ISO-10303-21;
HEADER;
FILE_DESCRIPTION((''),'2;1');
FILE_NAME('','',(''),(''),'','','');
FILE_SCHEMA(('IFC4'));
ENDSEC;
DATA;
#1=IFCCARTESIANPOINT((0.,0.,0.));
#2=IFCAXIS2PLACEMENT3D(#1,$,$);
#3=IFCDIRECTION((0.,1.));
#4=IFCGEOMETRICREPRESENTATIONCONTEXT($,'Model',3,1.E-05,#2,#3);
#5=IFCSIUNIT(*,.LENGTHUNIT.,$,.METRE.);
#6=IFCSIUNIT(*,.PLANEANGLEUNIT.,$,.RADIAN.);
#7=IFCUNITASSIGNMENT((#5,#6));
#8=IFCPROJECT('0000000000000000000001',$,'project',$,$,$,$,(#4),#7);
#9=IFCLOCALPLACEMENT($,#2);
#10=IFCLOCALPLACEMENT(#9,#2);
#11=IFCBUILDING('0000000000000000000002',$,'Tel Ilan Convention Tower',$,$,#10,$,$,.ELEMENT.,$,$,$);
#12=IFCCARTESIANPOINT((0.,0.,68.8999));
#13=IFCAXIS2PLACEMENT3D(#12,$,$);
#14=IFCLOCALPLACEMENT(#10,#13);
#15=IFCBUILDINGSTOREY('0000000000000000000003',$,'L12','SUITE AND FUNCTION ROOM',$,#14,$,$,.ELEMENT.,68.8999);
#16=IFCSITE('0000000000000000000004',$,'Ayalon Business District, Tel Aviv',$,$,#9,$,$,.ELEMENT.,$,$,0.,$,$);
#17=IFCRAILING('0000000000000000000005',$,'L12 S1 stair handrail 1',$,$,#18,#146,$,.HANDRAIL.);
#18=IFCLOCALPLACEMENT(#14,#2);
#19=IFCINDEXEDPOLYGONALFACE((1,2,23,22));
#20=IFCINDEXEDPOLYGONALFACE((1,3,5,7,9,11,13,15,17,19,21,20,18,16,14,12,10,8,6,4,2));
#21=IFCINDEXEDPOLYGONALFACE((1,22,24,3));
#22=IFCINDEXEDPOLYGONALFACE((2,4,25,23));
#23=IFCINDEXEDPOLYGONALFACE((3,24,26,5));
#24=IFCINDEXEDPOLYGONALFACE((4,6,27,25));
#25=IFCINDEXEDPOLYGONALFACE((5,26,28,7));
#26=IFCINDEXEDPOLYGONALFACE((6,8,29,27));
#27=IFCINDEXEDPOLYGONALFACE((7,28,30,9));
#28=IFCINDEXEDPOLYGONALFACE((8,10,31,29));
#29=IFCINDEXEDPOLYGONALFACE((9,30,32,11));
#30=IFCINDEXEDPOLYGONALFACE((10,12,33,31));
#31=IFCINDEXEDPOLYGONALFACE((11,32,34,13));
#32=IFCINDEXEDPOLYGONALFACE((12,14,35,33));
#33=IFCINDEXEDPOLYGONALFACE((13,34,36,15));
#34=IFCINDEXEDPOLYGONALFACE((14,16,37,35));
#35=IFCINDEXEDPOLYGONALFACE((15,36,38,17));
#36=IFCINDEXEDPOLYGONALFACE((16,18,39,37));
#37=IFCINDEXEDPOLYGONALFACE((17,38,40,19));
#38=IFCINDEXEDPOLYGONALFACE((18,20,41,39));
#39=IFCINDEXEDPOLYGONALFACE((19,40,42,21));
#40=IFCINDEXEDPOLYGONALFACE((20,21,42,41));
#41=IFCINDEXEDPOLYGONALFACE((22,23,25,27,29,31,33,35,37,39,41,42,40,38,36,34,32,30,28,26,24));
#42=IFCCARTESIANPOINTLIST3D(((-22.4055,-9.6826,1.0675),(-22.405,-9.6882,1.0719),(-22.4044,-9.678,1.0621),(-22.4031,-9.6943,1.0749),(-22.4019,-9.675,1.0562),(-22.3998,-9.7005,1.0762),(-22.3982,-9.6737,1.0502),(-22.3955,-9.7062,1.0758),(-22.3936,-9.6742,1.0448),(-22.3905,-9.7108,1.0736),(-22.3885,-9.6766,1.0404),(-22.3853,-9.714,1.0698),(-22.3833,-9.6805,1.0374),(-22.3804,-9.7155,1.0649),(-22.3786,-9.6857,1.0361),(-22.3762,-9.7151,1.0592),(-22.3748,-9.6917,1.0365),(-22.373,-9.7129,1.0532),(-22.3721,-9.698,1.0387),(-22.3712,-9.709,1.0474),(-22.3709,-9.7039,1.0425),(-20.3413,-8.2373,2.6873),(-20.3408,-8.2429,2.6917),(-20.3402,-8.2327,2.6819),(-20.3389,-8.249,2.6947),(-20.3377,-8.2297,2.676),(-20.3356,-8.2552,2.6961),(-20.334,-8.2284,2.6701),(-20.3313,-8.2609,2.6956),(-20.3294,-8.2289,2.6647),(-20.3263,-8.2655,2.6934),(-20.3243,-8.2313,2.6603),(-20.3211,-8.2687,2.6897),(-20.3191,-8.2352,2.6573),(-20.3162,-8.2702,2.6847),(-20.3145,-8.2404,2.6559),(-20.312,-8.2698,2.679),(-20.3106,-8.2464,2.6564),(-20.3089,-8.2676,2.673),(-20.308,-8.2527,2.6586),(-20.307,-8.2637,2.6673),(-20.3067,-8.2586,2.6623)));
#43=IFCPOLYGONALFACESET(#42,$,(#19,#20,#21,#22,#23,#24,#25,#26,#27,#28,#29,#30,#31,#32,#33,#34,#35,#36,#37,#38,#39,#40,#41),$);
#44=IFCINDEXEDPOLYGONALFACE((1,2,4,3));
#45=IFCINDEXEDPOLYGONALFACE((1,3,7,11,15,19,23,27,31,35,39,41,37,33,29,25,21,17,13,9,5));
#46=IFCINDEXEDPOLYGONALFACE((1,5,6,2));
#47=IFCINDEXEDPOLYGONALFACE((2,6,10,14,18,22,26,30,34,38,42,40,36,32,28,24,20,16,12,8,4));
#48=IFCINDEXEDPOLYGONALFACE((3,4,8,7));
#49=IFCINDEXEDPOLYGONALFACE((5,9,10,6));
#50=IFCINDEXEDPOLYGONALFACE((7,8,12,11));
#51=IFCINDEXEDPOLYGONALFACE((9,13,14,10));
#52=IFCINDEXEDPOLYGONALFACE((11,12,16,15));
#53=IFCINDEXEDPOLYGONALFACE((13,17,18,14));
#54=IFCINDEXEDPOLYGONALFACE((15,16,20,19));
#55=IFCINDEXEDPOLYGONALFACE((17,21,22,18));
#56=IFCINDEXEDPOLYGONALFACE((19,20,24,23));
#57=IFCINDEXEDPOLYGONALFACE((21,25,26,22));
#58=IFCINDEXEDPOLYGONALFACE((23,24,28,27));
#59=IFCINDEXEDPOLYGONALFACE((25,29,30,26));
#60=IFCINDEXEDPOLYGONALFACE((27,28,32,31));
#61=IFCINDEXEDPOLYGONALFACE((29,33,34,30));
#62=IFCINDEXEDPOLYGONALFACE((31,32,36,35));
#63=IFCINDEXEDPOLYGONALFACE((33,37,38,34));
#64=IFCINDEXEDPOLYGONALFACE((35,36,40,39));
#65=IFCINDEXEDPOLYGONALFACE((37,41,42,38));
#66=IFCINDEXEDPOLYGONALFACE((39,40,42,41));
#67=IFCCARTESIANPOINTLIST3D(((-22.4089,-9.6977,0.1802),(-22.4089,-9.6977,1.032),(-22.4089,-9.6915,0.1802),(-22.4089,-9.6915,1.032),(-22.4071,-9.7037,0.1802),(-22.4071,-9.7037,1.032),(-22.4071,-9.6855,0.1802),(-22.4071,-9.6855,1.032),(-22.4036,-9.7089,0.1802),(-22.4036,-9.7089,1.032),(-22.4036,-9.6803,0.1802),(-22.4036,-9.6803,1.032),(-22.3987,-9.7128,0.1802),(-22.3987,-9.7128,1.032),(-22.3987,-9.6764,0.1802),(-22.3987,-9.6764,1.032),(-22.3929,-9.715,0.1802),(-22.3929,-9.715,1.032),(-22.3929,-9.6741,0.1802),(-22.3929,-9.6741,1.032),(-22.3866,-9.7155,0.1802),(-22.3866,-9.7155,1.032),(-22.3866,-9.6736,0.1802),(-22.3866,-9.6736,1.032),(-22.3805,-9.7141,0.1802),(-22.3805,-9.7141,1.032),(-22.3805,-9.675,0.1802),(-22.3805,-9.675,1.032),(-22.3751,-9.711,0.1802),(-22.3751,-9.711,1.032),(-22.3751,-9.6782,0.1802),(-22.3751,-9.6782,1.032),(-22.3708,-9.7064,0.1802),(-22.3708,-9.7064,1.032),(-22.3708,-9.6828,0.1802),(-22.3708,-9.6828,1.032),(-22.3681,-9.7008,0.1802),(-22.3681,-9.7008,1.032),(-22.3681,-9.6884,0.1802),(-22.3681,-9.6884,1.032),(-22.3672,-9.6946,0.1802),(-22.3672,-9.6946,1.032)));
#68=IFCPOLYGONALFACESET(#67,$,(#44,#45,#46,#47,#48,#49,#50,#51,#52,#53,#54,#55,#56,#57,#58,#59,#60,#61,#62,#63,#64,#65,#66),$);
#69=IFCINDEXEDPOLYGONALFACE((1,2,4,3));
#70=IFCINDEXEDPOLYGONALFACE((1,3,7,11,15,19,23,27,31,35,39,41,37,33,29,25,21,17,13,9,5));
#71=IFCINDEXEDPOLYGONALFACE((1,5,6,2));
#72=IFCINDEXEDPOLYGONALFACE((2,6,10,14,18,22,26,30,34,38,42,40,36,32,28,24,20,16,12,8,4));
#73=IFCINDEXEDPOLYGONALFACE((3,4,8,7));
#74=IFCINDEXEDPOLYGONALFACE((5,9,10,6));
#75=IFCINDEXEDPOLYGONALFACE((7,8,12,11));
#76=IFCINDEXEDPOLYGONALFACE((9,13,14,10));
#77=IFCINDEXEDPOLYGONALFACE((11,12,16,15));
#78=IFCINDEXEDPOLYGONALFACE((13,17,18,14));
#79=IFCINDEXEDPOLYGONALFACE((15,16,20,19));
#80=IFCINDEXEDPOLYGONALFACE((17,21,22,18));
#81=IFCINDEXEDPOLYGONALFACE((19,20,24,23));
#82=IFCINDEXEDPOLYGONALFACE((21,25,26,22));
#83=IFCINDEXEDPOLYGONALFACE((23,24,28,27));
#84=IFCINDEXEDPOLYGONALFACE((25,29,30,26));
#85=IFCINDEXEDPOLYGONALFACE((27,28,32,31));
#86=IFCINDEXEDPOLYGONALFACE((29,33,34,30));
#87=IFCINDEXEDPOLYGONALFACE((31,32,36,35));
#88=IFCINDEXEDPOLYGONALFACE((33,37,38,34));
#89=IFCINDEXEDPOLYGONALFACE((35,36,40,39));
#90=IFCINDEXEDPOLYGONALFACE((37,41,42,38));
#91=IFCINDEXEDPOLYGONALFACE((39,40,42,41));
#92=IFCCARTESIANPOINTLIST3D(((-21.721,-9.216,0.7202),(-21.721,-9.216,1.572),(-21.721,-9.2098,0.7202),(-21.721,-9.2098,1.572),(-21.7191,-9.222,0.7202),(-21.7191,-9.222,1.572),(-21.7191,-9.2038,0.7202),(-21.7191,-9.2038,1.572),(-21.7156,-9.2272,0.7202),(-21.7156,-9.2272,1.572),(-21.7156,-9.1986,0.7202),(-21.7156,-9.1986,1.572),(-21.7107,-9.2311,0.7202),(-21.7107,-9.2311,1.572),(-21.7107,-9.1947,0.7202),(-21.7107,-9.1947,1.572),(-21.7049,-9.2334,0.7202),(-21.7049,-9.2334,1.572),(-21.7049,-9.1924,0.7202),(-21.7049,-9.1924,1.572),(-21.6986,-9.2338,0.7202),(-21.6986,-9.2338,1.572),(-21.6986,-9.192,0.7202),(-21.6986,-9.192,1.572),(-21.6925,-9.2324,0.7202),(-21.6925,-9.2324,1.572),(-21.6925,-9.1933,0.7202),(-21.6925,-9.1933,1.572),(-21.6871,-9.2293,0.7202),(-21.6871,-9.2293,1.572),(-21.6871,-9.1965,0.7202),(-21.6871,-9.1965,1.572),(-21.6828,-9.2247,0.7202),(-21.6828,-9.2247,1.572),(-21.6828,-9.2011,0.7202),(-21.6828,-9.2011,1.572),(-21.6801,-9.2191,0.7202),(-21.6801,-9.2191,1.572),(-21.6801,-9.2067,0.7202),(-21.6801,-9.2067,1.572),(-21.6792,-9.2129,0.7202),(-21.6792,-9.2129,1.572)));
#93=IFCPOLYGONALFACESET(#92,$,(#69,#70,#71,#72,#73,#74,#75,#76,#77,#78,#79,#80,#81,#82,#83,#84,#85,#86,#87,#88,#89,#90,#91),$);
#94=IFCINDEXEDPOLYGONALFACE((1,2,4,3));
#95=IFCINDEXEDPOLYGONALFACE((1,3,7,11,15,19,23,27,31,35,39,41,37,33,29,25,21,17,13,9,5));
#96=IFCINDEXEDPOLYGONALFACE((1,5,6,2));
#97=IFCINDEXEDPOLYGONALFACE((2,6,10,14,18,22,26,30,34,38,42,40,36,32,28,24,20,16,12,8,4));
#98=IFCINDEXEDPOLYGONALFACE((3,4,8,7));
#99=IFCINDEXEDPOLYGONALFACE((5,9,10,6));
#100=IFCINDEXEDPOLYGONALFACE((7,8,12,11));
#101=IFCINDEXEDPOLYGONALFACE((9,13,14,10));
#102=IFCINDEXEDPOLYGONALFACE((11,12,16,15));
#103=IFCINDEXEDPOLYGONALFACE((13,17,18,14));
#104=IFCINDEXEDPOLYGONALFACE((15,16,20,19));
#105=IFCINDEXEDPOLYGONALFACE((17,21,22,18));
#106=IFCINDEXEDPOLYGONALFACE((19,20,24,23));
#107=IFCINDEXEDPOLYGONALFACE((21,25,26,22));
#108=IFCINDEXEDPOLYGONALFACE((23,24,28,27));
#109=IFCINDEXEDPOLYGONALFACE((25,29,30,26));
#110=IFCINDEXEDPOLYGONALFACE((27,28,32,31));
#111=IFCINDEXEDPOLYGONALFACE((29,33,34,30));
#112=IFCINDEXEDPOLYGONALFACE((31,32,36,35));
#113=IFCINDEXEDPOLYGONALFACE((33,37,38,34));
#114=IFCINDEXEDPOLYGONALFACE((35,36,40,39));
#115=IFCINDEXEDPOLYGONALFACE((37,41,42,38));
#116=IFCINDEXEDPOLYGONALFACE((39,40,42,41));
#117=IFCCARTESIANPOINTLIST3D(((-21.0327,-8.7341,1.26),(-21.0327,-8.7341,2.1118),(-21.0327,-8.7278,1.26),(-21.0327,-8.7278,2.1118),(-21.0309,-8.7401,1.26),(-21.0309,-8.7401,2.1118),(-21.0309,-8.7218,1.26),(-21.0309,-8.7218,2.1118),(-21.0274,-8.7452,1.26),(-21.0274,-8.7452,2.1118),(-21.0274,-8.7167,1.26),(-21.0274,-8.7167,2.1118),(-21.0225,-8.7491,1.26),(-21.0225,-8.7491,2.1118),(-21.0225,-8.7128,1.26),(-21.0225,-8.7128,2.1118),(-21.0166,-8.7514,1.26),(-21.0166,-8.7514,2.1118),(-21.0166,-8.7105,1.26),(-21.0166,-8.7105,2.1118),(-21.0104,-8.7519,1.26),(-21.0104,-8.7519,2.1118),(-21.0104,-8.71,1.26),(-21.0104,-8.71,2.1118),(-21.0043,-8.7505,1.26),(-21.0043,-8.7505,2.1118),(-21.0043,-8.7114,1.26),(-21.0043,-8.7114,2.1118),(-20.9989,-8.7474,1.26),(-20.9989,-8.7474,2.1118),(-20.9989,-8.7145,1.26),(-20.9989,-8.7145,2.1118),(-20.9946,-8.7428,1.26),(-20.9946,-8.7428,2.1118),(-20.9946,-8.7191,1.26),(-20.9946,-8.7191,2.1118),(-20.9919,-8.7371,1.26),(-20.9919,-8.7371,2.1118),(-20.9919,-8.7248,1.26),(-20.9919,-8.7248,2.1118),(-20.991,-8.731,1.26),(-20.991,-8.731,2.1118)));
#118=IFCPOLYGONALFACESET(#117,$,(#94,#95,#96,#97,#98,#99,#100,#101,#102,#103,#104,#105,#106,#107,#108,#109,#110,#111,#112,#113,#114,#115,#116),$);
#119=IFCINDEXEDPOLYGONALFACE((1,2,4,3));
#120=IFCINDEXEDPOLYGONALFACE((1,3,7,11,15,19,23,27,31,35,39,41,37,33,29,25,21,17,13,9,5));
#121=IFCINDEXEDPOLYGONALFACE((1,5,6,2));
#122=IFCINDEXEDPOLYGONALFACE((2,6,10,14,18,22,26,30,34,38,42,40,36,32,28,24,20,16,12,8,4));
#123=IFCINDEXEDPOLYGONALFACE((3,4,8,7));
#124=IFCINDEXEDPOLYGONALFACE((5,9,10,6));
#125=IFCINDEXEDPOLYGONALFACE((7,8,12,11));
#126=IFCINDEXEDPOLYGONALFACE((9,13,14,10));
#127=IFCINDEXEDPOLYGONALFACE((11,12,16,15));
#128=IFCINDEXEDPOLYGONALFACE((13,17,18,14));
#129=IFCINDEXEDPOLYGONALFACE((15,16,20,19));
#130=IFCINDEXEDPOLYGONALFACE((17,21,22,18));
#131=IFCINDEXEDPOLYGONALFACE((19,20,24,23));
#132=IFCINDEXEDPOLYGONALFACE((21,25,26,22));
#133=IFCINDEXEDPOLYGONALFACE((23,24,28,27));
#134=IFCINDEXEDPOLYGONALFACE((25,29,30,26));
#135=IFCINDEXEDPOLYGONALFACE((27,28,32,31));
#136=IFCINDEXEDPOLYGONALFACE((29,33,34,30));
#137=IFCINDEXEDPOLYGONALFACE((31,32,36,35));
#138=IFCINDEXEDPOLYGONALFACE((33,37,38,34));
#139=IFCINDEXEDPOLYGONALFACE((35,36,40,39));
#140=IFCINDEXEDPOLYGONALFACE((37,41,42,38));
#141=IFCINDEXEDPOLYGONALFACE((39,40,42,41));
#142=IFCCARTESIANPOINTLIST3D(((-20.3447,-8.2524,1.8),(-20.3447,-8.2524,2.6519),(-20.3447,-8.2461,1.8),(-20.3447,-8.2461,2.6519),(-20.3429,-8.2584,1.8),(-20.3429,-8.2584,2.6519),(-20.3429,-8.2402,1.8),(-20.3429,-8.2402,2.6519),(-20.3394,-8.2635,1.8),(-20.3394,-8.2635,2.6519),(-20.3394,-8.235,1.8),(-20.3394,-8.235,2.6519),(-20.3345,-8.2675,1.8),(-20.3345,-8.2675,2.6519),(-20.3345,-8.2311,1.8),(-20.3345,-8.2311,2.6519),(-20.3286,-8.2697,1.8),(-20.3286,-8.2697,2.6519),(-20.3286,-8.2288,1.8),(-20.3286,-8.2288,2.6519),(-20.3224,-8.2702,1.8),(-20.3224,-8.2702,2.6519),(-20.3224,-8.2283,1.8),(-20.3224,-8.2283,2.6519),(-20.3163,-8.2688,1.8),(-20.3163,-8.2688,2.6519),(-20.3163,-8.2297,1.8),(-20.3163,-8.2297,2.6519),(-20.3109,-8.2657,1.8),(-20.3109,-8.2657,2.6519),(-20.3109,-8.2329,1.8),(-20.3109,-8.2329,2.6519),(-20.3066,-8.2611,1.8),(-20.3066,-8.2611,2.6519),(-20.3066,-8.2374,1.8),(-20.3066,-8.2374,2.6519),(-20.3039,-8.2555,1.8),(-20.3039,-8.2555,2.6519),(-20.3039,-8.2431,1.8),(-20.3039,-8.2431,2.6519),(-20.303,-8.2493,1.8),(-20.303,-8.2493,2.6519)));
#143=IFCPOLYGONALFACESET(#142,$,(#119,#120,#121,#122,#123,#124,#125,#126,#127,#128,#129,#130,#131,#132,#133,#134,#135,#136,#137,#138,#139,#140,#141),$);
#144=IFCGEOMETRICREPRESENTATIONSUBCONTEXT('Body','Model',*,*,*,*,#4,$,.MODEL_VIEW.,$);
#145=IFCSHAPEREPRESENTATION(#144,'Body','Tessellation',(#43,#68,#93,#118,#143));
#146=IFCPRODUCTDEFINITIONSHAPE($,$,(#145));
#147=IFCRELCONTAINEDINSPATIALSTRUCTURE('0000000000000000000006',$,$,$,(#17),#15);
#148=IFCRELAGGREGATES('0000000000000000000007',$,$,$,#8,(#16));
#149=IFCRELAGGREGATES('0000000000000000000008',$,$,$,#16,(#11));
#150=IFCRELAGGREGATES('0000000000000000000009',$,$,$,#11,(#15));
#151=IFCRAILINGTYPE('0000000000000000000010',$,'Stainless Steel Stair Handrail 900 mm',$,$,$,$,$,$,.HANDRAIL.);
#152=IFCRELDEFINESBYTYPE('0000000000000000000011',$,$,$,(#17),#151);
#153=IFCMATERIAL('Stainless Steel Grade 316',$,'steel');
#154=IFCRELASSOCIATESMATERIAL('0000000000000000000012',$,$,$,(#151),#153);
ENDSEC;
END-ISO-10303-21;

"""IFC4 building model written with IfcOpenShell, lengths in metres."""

from ifc_helpers import new_model, si_unit, direction, frame, origin, origin_2d, place, context, subcontext, project, spatial, circle, extrude, material, type_object, element, save


model = new_model("IFC4")

# Units and contexts
model_context = context("Model", 3, precision=1e-05, world=origin(), true_north=direction((0.0, 1.0)))
body_context = subcontext(model_context, "Body", "Model", "MODEL_VIEW")
ifc_project = project(units=[si_unit("LENGTHUNIT", "METRE"), si_unit("PLANEANGLEUNIT", "RADIAN")], contexts=[model_context])

# Site, building, storey
site_placement = place(None, origin())
site = spatial("IfcSite", under=ifc_project, at=site_placement, Name="Ayalon Business District, Tel Aviv", CompositionType="ELEMENT", RefElevation=0.0)
building_placement = place(site_placement, origin())
building = spatial("IfcBuilding", under=site, at=building_placement, Name="Tel Ilan Convention Tower", CompositionType="ELEMENT")
storey_placement = place(building_placement, frame((0.0, 0.0, 68.8999)))
storey = spatial("IfcBuildingStorey", under=building, at=storey_placement, Name="L12", Description="SUITE AND FUNCTION ROOM", CompositionType="ELEMENT", Elevation=68.8999)

# Railing
ifc_material_1 = material(Name="Stainless Steel Grade 316", Category="steel")
railing_type_1 = type_object("IfcRailingType", Name="Stainless Steel Stair Handrail 900 mm", PredefinedType="HANDRAIL", material=ifc_material_1)
railing_1_placement = place(storey_placement, frame((-22.3882, -9.6946, 0.1802)))
element("IfcRailing", 1, at=railing_1_placement, inside=storey, type_object=railing_type_1, Name="L12 S1 stair handrail 1", PredefinedType="HANDRAIL", context=body_context, shape_type="SweptSolid", body=[
    extrude(circle(Radius=0.0239, at=origin_2d()), frame((0.0, 0.0, 0.876), z_axis=(0.68907, 0.482472, 0.540743), x_axis=(-0.57356, 0.819164, 0.0)), (0.0, 0.0, 1.0), 2.9956),
    extrude(circle(Radius=0.021, at=origin_2d()), origin(), (0.0, 0.0, 1.0), 0.8518),
    extrude(circle(Radius=0.021, at=origin_2d()), frame((0.688, 0.4817, 0.54)), (0.0, 0.0, 1.0), 0.8518),
    extrude(circle(Radius=0.021, at=origin_2d()), frame((1.3762, 0.9636, 1.0798)), (0.0, 0.0, 1.0), 0.8518),
    extrude(circle(Radius=0.021, at=origin_2d()), frame((2.0642, 1.4453, 1.6199)), (0.0, 0.0, 1.0), 0.8518),
])

save(model, "model.ifc")
